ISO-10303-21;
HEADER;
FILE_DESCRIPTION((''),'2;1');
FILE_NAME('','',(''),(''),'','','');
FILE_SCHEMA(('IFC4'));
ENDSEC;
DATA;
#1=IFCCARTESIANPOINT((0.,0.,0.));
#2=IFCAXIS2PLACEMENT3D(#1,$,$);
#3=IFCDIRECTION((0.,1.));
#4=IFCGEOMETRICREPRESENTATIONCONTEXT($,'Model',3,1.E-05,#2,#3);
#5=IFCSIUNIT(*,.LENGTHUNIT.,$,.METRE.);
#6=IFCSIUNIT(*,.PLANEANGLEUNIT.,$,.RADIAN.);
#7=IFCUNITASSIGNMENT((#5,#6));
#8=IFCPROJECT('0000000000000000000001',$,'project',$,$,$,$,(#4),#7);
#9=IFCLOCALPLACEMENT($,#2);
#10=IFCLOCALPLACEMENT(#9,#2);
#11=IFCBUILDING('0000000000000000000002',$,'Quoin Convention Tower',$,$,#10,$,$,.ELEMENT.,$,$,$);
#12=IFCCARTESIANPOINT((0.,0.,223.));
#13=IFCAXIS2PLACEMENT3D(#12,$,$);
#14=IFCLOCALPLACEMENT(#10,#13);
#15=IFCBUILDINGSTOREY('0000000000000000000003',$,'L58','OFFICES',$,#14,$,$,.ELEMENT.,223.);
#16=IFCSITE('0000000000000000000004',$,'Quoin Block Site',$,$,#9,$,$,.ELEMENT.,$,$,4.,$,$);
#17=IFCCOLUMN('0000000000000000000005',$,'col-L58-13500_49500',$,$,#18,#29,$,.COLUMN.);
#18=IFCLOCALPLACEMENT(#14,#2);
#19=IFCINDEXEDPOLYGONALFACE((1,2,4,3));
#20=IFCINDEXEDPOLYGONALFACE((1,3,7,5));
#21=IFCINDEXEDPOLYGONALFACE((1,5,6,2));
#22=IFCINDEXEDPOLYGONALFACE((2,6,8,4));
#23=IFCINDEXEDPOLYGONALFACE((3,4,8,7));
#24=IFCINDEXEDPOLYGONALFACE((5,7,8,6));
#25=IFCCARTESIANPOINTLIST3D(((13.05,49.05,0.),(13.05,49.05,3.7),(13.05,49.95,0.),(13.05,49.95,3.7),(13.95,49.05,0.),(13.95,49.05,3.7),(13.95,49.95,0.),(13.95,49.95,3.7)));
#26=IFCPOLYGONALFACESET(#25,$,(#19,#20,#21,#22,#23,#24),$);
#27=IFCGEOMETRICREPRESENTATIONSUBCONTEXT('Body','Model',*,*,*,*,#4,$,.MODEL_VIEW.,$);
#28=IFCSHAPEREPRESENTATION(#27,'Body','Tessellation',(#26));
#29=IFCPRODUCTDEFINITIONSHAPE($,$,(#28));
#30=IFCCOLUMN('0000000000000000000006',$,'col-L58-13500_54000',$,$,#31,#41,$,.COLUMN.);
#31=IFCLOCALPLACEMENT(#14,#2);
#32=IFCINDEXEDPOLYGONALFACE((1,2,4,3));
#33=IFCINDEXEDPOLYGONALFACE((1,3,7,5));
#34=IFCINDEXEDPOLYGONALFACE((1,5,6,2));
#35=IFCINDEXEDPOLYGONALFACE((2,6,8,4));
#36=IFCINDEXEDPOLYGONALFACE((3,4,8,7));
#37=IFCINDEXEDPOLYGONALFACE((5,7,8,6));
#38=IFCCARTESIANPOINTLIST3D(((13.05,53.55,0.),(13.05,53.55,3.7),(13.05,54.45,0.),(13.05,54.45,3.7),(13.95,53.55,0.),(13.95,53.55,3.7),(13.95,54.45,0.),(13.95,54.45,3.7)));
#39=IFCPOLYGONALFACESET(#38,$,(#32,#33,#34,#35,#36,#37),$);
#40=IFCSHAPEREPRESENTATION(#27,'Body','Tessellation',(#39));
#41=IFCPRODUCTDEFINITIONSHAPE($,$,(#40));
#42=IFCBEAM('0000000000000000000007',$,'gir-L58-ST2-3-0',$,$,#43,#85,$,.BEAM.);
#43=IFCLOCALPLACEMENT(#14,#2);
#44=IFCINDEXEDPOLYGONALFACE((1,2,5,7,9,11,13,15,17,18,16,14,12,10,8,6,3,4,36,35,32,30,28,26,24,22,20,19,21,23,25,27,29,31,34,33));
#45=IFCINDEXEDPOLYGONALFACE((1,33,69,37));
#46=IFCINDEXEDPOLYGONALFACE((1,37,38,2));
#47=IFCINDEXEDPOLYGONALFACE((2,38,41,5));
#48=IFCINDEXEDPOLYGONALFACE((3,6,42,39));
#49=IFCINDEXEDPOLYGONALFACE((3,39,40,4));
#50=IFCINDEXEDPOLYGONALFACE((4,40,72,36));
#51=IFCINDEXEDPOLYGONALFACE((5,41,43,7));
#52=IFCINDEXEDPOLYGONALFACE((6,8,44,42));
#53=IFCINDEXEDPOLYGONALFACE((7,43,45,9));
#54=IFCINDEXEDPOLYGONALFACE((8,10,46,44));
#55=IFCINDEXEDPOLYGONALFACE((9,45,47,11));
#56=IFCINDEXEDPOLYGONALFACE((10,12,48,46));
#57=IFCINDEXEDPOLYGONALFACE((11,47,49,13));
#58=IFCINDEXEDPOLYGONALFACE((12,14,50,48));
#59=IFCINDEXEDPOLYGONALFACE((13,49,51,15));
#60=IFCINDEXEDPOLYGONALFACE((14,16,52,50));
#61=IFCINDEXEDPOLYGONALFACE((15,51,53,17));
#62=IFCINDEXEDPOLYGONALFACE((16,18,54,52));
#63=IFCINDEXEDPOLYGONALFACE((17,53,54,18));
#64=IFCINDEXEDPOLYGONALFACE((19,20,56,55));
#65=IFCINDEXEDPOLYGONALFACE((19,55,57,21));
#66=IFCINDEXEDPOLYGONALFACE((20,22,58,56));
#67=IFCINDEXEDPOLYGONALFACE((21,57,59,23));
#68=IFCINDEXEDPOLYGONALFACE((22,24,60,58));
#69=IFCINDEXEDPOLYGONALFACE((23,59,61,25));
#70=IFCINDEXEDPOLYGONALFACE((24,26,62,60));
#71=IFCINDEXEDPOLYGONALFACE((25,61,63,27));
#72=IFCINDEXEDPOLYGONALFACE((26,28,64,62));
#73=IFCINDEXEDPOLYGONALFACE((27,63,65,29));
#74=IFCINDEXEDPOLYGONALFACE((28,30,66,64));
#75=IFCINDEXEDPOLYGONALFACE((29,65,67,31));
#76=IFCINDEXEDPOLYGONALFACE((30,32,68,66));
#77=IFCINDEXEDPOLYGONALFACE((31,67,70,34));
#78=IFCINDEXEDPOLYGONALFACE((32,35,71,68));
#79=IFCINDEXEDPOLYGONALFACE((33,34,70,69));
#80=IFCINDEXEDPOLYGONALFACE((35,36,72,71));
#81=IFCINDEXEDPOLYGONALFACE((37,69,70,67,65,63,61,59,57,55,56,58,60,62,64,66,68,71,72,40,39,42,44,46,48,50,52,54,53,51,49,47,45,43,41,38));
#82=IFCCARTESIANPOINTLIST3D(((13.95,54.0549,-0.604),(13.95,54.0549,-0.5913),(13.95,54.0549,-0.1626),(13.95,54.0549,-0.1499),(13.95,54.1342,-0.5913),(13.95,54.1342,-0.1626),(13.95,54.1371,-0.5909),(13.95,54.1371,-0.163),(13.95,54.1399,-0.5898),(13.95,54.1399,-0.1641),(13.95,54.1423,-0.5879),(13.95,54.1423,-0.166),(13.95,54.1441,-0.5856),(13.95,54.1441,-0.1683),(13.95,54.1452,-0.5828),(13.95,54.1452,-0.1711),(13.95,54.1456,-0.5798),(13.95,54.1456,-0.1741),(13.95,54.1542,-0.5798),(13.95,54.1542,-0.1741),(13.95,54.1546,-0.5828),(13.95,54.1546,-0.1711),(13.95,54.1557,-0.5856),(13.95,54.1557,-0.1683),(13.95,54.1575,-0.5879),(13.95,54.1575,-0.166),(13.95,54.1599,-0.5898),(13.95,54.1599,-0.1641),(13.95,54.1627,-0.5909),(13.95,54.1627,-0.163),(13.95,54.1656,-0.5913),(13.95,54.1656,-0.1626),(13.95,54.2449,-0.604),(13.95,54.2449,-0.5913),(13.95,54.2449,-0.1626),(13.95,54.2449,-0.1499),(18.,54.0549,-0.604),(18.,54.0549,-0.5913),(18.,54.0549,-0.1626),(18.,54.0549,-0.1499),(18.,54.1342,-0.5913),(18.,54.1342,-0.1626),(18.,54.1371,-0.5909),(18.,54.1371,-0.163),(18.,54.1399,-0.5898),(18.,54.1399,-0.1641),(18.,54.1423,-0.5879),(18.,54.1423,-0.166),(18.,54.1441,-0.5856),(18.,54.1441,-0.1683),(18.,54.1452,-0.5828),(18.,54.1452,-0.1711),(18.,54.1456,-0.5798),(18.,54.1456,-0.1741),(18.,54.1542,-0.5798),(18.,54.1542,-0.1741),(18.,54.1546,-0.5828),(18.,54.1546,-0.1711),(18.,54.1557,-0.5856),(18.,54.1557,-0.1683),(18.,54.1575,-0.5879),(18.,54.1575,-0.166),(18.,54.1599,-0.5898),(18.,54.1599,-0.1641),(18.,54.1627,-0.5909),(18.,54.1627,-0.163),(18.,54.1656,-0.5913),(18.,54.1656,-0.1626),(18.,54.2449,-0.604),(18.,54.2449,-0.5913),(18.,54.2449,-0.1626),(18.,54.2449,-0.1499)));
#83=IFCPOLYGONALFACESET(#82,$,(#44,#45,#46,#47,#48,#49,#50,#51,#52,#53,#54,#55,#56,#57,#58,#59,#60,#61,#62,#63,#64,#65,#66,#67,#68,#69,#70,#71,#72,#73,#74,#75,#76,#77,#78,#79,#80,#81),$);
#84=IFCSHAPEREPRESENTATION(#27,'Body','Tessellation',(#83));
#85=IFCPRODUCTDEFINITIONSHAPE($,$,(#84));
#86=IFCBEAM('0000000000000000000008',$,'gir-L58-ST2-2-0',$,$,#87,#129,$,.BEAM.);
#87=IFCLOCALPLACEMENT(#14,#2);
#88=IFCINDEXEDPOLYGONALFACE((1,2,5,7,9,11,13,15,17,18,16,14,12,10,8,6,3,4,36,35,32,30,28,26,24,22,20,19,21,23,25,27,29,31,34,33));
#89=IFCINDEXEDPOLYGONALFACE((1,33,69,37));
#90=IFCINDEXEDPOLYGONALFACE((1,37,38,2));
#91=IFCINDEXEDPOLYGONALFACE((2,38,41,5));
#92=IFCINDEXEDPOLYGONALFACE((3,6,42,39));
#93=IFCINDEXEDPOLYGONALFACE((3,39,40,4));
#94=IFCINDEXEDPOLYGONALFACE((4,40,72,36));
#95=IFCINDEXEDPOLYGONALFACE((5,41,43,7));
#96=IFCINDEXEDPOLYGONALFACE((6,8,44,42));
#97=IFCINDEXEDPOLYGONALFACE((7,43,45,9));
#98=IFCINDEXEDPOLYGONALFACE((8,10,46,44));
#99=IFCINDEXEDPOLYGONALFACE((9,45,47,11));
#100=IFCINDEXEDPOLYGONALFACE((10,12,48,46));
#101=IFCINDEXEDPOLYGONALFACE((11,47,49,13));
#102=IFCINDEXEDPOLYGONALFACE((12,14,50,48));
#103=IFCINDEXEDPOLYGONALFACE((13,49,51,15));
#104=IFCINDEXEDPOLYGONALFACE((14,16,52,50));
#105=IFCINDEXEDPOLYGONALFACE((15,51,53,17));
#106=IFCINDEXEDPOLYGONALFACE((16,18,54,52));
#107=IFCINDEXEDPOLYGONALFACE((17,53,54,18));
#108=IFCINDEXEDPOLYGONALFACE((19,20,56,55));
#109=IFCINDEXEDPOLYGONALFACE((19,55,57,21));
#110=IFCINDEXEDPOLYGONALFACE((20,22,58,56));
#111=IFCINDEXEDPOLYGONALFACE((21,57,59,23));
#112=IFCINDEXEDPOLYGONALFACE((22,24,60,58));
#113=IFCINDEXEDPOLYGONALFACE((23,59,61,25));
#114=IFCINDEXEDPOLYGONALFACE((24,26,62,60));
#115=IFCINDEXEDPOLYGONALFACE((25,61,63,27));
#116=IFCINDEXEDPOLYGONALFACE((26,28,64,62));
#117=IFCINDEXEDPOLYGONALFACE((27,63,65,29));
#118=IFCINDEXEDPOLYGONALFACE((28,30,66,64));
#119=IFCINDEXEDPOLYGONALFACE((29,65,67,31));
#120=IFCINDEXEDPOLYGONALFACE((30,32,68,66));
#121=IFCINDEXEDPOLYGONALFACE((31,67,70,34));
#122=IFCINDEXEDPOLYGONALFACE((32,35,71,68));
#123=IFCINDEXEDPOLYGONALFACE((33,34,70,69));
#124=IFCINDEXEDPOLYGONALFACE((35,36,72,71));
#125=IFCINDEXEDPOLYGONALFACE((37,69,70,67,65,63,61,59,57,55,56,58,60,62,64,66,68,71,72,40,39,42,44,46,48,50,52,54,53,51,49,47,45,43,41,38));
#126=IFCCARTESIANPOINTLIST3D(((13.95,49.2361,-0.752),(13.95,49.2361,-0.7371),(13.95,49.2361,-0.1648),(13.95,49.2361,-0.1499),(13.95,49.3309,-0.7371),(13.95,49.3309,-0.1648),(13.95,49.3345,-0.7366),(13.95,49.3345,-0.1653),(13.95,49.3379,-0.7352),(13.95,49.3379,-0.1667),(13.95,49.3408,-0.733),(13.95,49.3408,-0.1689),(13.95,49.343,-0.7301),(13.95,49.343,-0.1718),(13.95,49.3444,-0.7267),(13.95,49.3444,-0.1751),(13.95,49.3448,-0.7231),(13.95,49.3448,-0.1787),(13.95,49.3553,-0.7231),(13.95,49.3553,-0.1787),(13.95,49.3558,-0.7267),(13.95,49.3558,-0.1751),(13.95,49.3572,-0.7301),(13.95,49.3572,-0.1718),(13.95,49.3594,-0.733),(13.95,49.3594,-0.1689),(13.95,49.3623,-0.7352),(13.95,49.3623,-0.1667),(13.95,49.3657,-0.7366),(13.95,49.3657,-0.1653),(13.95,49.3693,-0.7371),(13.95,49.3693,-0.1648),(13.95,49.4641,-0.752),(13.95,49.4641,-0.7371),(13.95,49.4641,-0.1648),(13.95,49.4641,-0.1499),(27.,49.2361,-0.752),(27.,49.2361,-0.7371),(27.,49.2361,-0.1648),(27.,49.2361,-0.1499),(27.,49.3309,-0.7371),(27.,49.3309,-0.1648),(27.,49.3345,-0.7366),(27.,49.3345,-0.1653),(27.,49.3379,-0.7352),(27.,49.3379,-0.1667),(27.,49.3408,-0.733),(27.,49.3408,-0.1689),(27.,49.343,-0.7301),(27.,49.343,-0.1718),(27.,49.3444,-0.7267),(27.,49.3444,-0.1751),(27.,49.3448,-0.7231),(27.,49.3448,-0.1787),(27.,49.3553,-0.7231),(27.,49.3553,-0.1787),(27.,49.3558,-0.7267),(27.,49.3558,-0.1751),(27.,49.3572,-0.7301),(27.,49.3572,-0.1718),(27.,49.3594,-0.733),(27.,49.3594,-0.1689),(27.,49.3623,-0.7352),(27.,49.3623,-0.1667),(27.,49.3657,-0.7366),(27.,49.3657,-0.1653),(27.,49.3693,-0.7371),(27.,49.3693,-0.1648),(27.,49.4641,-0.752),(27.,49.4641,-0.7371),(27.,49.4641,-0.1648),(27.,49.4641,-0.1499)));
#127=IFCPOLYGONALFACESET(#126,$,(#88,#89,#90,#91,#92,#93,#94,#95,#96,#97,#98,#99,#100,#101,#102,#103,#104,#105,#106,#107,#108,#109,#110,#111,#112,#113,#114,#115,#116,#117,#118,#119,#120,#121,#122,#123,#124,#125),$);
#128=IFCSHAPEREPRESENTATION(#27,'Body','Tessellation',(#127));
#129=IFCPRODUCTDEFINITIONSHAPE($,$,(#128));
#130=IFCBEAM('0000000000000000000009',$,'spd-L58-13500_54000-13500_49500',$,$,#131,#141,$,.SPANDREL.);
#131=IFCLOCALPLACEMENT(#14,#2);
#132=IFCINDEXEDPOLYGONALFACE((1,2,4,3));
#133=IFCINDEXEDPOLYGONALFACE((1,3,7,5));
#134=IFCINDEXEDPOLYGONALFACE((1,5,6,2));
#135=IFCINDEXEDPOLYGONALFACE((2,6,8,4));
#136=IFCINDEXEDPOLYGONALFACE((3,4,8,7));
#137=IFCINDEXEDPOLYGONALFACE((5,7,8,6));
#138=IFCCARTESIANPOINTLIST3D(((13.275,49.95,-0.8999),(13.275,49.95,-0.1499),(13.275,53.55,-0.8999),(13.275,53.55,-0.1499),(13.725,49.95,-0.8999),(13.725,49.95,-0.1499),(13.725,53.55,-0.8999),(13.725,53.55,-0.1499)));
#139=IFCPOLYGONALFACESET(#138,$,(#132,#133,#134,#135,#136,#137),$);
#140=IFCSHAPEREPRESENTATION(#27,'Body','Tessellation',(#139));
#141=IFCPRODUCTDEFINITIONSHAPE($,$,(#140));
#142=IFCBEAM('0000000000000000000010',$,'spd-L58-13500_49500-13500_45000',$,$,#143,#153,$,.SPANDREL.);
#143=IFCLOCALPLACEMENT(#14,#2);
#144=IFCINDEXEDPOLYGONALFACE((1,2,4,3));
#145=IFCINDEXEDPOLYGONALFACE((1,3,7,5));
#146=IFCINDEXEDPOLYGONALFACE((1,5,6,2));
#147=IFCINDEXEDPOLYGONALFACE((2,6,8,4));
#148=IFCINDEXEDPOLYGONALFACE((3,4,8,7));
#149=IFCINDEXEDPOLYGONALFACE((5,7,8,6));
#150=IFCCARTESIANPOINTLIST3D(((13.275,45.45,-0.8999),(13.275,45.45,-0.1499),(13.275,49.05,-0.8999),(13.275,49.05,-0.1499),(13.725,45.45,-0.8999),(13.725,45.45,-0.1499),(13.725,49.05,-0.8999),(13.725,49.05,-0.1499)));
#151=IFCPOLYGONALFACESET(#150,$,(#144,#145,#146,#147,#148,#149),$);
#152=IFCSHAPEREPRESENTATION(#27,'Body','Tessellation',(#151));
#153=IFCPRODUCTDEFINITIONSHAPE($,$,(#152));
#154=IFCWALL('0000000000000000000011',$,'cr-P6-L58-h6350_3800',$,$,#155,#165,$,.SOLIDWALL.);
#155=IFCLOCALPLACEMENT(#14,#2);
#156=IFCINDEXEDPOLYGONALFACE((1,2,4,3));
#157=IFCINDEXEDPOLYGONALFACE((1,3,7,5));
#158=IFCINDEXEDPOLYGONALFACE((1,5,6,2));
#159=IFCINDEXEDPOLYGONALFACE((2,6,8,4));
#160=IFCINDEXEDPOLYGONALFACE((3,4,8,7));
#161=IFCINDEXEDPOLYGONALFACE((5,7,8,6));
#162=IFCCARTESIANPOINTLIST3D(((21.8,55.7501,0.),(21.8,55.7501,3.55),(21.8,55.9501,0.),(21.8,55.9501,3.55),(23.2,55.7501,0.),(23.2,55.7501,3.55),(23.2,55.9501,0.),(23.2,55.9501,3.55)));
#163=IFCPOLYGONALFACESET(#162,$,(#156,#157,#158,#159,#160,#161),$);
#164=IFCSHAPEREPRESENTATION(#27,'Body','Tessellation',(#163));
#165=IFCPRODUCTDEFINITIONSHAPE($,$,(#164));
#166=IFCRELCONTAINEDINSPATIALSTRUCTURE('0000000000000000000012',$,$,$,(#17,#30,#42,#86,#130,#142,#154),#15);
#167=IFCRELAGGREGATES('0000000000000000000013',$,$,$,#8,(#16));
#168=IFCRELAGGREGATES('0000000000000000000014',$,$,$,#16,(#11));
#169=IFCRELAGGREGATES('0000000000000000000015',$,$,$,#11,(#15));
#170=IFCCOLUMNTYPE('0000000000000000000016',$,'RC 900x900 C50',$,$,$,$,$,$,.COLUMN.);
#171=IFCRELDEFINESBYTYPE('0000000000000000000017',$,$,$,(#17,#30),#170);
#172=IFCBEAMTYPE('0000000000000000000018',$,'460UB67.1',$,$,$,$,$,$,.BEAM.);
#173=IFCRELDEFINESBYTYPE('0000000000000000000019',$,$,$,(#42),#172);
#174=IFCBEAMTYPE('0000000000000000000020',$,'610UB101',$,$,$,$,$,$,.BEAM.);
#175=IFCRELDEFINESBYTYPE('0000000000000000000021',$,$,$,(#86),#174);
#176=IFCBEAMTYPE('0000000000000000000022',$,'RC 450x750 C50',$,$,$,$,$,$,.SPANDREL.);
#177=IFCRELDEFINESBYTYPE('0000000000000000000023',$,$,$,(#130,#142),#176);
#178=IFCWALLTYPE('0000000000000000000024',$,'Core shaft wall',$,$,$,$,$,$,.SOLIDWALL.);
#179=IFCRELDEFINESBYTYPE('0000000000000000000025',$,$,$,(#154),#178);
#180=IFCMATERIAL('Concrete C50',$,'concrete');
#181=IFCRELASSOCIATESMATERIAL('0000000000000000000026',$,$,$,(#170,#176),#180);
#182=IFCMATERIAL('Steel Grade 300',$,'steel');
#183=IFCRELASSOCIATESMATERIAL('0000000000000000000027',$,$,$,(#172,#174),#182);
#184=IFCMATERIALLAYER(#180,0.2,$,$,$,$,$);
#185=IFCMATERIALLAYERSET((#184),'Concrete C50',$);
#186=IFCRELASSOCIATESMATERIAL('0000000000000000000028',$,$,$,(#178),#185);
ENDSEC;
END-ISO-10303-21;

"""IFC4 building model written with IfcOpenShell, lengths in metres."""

from ifc_helpers import new_model, si_unit, direction, frame, frame_2d, origin, origin_2d, place, context, subcontext, project, spatial, rectangle, i_section, extrude, material, layer, layer_set, material_profile, profile_set, type_object, element, save


model = new_model("IFC4")

# Units and contexts
model_context = context("Model", 3, precision=1e-05, world=origin(), true_north=direction((0.0, 1.0)))
body_context = subcontext(model_context, "Body", "Model", "MODEL_VIEW")
ifc_project = project(units=[si_unit("LENGTHUNIT", "METRE"), si_unit("PLANEANGLEUNIT", "RADIAN")], contexts=[model_context])

# Site, building, storey
site_placement = place(None, origin())
site = spatial("IfcSite", under=ifc_project, at=site_placement, Name="Quoin Block Site", CompositionType="ELEMENT", RefElevation=4.0)
building_placement = place(site_placement, origin())
building = spatial("IfcBuilding", under=site, at=building_placement, Name="Quoin Convention Tower", CompositionType="ELEMENT")
storey_placement = place(building_placement, frame((0.0, 0.0, 223.0)))
storey = spatial("IfcBuildingStorey", under=building, at=storey_placement, Name="L58", Description="OFFICES", CompositionType="ELEMENT", Elevation=223.0)

# Columns
ifc_material_1 = material(Name="Concrete C50", Category="concrete")
ifc_material_profile_1 = material_profile(ifc_material_1, rectangle(XDim=0.8999, YDim=0.8999, at=origin_2d()), Name="RC 900x900")
ifc_profile_set_1 = profile_set([ifc_material_profile_1], Name="Concrete C50")
column_type = type_object("IfcColumnType", Name="RC 900x900 C50", PredefinedType="COLUMN", material=ifc_profile_set_1)
for number, where, z_axis, x_axis, name in (
    (1, (13.5, 49.5, 0.0), (0.0, 0.0, 1.0), (1.0, 0.0, 0.0), "col-L58-13500_49500"),
    (2, (13.5, 54.0, 0.0), (0.0, 0.0, 1.0), (1.0, 0.0, 0.0), "col-L58-13500_54000"),
):
    element("IfcColumn", number, at=place(storey_placement, frame(where, z_axis=z_axis, x_axis=x_axis)), inside=storey, type_object=column_type, Name=name, PredefinedType="COLUMN", context=body_context, shape_type="SweptSolid", body=[
        extrude(rectangle(XDim=0.8999, YDim=0.8999, at=origin_2d()), origin(), (0.0, 0.0, 1.0), 3.7),
    ])

# Beams
ifc_material_2 = material(Name="Steel Grade 300", Category="steel")
ifc_material_profile_2 = material_profile(ifc_material_2, i_section(OverallWidth=0.1899, OverallDepth=0.4541, WebThickness=0.0085, FlangeThickness=0.0127, FilletRadius=0.0115, at=origin_2d()), Name="460UB67.1")
ifc_profile_set_2 = profile_set([ifc_material_profile_2], Name="Steel Grade 300")
beam_type_1 = type_object("IfcBeamType", Name="460UB67.1", PredefinedType="BEAM", material=ifc_profile_set_2)
beam_1_placement = place(storey_placement, frame((13.95, 54.1499, -0.377), z_axis=(1.0, 0.0, 0.0), x_axis=(0.0, 1.0, 0.0)))
element("IfcBeam", 3, at=beam_1_placement, inside=storey, type_object=beam_type_1, Name="gir-L58-ST2-3-0", PredefinedType="BEAM", context=body_context, shape_type="SweptSolid", body=[
    extrude(i_section(OverallWidth=0.1899, OverallDepth=0.4541, WebThickness=0.0085, FlangeThickness=0.0127, FilletRadius=0.0115, at=origin_2d()), origin(), (0.0, 0.0, 1.0), 4.05),
])
ifc_material_profile_3 = material_profile(ifc_material_2, i_section(OverallWidth=0.228, OverallDepth=0.6021, WebThickness=0.0105, FlangeThickness=0.0149, FilletRadius=0.0139, at=origin_2d()), Name="610UB101")
ifc_profile_set_3 = profile_set([ifc_material_profile_3], Name="Steel Grade 300")
beam_type_2 = type_object("IfcBeamType", Name="610UB101", PredefinedType="BEAM", material=ifc_profile_set_3)
beam_2_placement = place(storey_placement, frame((13.95, 49.3501, -0.4509), z_axis=(1.0, 0.0, 0.0), x_axis=(0.0, 1.0, 0.0)))
element("IfcBeam", 4, at=beam_2_placement, inside=storey, type_object=beam_type_2, Name="gir-L58-ST2-2-0", PredefinedType="BEAM", context=body_context, shape_type="SweptSolid", body=[
    extrude(i_section(OverallWidth=0.228, OverallDepth=0.6021, WebThickness=0.0105, FlangeThickness=0.0149, FilletRadius=0.0139, at=origin_2d()), origin(), (0.0, 0.0, 1.0), 13.05),
])
ifc_material_profile_4 = material_profile(ifc_material_1, rectangle(XDim=0.45, YDim=0.75, at=origin_2d()), Name="RC 450x750")
ifc_profile_set_4 = profile_set([ifc_material_profile_4], Name="Concrete C50")
beam_type_3 = type_object("IfcBeamType", Name="RC 450x750 C50", PredefinedType="SPANDREL", material=ifc_profile_set_4)
for number, where, z_axis, x_axis, name in (
    (5, (13.5, 53.55, -0.5249), (0.0, -1.0, 0.0), (1.0, 0.0, 0.0), "spd-L58-13500_54000-13500_49500"),
    (6, (13.5, 49.05, -0.5249), (0.0, -1.0, 0.0), (1.0, 0.0, 0.0), "spd-L58-13500_49500-13500_45000"),
):
    element("IfcBeam", number, at=place(storey_placement, frame(where, z_axis=z_axis, x_axis=x_axis)), inside=storey, type_object=beam_type_3, Name=name, PredefinedType="SPANDREL", context=body_context, shape_type="SweptSolid", body=[
        extrude(rectangle(XDim=0.45, YDim=0.75, at=origin_2d()), origin(), (0.0, 0.0, 1.0), 3.6001),
    ])

# Wall
ifc_layer_1 = layer(ifc_material_1, 0.2)
ifc_layer_set_1 = layer_set([ifc_layer_1], Name="Concrete C50")
wall_type_1 = type_object("IfcWallType", Name="Core shaft wall", PredefinedType="SOLIDWALL", material=ifc_layer_set_1)
wall_1_placement = place(storey_placement, frame((21.8, 55.8501, 0.0), z_axis=(0.0, 0.0, 1.0), x_axis=(1.0, 0.0, 0.0)))
element("IfcWall", 7, at=wall_1_placement, inside=storey, type_object=wall_type_1, Name="cr-P6-L58-h6350_3800", PredefinedType="SOLIDWALL", context=body_context, shape_type="SweptSolid", body=[
    extrude(rectangle(XDim=1.3999, YDim=0.2, at=frame_2d((0.7, 0.0))), origin(), (0.0, 0.0, 1.0), 3.55),
])

save(model, "model.ifc")
